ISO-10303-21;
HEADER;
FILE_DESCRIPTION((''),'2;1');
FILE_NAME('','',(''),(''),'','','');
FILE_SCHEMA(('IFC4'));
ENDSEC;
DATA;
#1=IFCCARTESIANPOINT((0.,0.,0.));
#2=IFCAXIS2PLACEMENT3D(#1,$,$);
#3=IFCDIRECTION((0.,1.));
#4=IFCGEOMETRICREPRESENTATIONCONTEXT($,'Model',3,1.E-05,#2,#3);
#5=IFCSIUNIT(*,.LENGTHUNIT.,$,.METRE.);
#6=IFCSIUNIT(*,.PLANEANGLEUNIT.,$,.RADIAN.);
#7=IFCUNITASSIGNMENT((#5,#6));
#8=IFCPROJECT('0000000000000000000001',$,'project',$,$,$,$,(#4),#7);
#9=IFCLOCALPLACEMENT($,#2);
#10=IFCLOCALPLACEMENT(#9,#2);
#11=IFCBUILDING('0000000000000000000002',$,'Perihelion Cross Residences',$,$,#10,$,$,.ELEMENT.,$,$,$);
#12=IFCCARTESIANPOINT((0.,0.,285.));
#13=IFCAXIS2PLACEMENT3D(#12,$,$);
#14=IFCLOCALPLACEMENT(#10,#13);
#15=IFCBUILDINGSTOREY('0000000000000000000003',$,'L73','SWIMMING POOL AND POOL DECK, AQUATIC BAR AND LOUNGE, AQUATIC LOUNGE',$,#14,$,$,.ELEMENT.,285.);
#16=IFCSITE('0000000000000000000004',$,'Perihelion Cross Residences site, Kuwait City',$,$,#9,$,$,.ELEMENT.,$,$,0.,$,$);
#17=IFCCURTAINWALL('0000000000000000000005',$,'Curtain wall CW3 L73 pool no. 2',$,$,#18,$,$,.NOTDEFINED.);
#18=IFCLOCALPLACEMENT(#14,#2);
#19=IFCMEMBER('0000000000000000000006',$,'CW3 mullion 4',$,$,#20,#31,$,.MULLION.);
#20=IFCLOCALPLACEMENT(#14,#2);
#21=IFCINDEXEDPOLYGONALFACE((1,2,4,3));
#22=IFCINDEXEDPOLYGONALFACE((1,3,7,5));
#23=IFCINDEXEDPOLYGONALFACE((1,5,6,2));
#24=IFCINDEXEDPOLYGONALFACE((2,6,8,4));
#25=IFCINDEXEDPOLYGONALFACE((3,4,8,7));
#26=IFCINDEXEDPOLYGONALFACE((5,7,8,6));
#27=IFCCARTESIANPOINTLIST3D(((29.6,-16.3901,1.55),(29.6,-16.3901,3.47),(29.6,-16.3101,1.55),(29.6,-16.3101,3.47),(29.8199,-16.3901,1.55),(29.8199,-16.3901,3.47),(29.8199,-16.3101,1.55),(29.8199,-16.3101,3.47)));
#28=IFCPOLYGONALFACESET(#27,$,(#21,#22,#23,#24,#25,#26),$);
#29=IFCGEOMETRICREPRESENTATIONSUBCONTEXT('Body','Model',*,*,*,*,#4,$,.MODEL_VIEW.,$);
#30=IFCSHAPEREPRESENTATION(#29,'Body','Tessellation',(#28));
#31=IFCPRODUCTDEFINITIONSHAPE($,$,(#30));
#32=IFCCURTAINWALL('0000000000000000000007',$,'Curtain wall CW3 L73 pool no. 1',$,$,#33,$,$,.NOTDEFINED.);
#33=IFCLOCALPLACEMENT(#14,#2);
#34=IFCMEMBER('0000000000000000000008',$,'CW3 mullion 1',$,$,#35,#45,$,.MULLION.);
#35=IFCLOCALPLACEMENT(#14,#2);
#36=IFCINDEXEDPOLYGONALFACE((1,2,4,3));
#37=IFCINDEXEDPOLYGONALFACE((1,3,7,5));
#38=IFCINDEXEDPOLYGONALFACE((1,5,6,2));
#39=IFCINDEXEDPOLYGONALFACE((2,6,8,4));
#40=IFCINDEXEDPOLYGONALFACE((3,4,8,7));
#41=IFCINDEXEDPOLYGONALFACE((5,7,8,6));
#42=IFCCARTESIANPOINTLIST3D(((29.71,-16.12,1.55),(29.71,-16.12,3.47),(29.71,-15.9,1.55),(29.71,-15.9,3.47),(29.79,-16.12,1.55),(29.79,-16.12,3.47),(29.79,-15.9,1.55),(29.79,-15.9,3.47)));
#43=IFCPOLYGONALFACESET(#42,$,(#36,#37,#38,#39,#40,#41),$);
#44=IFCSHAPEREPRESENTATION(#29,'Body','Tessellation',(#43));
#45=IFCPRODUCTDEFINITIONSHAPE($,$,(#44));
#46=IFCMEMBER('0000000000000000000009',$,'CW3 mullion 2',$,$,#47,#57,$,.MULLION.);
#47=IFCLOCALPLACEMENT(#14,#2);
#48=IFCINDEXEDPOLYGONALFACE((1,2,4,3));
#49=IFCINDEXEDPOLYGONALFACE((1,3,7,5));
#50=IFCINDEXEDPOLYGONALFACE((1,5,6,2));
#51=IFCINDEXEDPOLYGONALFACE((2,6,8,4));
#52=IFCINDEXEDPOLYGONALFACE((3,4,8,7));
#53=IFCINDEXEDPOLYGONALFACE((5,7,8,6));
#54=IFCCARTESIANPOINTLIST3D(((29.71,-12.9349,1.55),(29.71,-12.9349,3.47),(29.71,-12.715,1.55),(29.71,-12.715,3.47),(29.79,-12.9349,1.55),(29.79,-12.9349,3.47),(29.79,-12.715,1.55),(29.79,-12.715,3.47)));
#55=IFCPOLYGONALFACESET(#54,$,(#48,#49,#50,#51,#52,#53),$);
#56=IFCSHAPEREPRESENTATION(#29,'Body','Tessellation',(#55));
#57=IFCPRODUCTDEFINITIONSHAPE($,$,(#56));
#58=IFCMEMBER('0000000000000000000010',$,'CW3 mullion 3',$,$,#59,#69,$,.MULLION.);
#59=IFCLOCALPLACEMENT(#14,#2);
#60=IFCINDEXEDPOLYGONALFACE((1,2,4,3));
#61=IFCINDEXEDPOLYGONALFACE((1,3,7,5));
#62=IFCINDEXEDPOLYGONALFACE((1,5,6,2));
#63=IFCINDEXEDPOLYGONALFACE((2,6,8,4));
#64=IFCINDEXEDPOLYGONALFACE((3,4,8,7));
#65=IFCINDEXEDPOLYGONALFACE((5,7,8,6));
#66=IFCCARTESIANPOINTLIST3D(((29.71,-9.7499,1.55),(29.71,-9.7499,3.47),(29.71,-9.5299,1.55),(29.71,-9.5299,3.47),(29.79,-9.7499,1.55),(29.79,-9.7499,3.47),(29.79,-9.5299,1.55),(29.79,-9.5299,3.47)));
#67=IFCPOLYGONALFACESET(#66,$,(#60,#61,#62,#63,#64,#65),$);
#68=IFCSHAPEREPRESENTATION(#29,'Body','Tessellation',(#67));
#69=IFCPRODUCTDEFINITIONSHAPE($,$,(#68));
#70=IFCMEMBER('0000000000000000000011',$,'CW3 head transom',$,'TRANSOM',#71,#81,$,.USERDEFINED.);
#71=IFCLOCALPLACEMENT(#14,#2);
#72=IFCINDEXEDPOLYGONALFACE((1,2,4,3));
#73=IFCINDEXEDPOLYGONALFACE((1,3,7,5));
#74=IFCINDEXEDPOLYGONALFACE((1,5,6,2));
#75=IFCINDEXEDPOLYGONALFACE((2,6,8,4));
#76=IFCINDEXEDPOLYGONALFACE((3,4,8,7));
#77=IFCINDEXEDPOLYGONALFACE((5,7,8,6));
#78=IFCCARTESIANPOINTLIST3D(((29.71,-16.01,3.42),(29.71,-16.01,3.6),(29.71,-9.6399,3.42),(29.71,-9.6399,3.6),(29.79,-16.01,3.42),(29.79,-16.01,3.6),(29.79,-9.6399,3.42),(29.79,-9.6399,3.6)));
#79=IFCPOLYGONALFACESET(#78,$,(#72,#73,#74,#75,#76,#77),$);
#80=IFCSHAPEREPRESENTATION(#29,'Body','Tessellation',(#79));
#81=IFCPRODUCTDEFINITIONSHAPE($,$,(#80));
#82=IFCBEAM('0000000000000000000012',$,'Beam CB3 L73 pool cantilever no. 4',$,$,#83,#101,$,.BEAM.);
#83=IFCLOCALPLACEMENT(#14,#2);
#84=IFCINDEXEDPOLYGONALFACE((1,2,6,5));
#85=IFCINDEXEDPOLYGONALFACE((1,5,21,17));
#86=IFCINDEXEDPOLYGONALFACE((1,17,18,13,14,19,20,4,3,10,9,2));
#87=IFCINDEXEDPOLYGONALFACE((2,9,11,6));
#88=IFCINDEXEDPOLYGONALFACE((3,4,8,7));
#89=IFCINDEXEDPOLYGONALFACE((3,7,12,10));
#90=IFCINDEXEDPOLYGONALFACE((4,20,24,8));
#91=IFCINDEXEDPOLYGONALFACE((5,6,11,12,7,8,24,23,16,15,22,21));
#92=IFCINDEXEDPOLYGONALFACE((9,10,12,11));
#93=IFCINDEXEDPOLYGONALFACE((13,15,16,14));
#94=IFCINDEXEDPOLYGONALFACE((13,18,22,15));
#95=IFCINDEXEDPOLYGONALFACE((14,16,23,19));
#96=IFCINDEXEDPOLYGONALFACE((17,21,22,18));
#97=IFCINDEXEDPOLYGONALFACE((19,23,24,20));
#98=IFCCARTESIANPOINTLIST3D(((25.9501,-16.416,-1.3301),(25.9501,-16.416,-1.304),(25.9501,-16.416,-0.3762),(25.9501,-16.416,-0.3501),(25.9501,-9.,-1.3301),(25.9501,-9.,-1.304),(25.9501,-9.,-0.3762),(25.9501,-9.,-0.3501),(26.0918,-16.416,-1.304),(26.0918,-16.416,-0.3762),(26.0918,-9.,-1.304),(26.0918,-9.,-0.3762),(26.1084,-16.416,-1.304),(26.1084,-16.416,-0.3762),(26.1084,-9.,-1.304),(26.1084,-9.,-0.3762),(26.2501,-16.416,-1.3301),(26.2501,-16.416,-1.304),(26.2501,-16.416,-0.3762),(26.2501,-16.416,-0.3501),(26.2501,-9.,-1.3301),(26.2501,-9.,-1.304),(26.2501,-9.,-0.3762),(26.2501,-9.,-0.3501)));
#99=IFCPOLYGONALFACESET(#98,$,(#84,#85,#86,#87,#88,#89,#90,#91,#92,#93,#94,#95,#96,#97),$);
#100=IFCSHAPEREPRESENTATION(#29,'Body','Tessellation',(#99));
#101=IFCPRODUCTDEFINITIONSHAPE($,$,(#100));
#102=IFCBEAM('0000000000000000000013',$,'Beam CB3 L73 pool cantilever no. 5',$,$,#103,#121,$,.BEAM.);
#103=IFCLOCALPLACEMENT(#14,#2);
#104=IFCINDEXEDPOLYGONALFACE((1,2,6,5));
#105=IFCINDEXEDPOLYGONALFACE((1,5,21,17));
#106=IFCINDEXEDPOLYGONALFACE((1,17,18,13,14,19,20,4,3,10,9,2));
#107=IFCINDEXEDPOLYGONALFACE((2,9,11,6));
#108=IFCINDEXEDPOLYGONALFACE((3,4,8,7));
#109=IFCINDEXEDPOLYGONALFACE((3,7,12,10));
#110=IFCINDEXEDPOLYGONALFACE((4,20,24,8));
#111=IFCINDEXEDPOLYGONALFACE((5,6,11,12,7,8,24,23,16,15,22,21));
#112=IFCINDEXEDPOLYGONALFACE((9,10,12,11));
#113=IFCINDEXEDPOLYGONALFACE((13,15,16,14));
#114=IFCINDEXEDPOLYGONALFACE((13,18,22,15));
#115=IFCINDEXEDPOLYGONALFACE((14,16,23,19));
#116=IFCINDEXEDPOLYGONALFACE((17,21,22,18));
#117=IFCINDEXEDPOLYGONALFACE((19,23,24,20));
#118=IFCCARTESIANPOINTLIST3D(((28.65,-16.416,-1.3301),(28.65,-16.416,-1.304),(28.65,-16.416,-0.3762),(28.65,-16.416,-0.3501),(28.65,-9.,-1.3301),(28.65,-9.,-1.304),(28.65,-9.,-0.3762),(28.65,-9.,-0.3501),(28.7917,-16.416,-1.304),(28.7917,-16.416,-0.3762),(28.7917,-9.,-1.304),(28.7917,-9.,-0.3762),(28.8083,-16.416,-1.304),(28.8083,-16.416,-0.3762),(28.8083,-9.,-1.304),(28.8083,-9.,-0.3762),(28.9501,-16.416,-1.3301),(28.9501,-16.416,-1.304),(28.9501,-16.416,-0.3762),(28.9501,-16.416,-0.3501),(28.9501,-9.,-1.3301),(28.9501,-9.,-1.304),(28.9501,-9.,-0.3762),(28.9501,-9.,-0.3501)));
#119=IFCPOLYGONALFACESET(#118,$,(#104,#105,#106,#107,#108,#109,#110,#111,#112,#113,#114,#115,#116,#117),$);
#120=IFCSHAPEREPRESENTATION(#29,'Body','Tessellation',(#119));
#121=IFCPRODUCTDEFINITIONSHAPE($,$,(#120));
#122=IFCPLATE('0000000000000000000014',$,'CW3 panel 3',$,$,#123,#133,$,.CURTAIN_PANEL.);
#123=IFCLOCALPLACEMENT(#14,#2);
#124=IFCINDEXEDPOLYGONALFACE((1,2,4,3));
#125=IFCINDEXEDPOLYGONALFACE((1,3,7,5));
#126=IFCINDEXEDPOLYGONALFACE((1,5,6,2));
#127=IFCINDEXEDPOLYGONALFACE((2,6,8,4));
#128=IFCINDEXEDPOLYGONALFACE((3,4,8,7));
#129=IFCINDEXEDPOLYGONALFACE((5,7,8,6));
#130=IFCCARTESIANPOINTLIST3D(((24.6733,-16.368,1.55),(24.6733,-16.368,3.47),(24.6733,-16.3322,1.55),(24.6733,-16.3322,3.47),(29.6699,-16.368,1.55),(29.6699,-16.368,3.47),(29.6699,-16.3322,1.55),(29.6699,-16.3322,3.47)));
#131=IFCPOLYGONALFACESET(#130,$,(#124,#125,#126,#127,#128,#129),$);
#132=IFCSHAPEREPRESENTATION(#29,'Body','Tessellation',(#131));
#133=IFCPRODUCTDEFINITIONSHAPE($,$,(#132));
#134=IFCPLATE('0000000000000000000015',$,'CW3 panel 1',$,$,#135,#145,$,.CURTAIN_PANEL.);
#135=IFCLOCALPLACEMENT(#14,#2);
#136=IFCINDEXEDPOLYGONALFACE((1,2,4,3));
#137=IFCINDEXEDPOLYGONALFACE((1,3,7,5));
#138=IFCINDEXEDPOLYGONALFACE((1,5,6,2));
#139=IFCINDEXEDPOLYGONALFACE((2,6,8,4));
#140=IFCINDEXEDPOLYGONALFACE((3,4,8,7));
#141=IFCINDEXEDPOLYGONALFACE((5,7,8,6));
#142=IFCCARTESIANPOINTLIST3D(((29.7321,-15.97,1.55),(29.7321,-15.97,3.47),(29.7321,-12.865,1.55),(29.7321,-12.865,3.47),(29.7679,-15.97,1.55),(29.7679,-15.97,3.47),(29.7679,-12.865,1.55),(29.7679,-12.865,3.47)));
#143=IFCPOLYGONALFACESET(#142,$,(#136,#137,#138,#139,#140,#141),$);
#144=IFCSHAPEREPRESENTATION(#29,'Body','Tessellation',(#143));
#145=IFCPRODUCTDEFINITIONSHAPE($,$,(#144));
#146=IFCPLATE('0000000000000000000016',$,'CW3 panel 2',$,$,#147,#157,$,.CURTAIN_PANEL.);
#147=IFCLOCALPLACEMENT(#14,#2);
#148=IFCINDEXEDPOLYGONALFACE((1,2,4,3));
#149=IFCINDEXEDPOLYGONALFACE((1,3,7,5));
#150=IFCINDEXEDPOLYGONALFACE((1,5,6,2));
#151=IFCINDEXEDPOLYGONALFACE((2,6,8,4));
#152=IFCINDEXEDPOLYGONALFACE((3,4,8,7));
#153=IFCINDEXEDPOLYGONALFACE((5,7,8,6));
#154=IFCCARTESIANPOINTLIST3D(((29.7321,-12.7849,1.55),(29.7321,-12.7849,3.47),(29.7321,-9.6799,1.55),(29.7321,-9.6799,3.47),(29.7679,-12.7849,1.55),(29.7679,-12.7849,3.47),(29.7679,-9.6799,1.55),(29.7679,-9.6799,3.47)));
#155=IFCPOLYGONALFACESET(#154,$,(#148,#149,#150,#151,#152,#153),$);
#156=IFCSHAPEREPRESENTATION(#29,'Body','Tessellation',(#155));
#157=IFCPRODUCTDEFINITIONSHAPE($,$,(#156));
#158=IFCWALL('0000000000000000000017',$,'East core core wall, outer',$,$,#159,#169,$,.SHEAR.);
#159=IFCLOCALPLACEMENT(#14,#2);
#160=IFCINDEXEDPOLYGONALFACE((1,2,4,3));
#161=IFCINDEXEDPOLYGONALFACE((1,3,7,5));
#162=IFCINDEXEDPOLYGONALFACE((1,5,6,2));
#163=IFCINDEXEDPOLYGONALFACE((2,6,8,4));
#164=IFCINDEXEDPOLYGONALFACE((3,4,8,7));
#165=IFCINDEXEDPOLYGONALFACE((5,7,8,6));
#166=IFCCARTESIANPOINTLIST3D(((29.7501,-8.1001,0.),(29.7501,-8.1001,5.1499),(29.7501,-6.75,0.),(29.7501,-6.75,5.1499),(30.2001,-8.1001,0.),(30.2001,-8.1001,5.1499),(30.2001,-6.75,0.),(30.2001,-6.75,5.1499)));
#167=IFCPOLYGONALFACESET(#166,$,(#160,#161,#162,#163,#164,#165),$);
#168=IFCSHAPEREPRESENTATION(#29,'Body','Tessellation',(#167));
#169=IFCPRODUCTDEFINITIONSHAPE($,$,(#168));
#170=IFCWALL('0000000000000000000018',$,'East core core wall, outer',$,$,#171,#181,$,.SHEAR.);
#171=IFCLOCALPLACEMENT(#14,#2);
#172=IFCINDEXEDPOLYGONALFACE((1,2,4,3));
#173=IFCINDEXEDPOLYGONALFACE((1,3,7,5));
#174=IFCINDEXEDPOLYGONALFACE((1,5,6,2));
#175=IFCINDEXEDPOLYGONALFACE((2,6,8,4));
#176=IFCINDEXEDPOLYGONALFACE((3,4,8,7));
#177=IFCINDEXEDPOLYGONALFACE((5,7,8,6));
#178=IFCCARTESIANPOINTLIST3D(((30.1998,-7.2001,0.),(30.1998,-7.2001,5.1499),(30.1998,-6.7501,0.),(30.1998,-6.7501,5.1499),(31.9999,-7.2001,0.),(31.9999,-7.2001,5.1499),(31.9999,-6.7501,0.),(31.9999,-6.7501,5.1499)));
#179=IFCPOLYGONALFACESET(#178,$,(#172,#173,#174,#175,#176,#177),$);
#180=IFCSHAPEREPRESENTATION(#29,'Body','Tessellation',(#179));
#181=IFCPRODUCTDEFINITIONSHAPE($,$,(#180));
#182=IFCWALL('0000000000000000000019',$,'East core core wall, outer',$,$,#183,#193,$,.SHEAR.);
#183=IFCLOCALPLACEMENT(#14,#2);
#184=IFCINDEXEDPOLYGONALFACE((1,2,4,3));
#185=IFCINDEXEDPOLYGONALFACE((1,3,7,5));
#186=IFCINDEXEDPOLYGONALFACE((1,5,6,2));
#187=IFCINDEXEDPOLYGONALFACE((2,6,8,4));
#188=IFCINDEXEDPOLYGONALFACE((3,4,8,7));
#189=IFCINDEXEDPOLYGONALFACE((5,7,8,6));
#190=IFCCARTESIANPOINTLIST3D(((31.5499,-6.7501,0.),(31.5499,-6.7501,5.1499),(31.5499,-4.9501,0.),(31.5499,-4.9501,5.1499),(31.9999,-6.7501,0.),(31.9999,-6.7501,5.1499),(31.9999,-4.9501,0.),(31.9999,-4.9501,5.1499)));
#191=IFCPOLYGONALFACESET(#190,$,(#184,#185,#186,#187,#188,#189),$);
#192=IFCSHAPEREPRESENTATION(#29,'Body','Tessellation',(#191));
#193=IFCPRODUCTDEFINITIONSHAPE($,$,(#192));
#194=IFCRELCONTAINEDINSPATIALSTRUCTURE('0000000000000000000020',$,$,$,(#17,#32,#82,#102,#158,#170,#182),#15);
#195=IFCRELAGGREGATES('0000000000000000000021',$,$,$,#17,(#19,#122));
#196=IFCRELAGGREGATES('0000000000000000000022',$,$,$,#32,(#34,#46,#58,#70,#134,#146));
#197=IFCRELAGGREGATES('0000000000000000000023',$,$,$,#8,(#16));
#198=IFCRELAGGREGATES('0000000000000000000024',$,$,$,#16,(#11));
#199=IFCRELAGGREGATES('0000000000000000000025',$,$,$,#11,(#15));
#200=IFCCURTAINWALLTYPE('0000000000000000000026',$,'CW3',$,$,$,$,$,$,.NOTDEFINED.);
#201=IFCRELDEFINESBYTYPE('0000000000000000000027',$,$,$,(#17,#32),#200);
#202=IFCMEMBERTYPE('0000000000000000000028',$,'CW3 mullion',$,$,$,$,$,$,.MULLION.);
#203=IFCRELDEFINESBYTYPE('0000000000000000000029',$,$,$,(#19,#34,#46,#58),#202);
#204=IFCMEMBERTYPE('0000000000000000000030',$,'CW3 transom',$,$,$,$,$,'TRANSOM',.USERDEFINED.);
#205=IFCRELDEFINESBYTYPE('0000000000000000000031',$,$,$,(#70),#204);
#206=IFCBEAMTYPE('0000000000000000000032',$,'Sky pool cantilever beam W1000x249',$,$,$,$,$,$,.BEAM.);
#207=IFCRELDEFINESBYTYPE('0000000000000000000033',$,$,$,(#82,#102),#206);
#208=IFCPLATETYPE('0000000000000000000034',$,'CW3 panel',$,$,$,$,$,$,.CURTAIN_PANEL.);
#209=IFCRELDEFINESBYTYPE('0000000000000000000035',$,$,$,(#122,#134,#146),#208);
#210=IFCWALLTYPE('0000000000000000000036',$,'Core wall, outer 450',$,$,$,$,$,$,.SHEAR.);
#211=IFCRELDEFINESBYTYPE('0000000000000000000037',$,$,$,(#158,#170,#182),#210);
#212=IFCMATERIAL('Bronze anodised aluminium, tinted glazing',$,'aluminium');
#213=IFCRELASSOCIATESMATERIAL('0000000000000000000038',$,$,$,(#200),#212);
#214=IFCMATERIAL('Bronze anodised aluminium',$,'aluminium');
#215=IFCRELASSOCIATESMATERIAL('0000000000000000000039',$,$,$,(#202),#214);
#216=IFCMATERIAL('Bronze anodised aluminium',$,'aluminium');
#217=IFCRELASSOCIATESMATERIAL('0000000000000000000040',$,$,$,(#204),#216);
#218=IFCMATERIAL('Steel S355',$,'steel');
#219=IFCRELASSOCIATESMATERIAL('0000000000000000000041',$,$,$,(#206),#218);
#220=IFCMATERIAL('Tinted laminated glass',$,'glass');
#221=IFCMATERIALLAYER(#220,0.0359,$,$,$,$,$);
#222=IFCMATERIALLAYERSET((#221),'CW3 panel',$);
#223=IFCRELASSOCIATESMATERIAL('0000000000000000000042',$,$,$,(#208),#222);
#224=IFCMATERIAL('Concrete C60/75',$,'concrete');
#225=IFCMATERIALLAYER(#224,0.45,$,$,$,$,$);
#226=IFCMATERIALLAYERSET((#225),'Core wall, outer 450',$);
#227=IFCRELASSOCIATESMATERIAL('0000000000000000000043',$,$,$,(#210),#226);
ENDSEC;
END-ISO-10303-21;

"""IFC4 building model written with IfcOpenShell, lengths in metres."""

from ifc_helpers import new_model, si_unit, direction, frame, frame_2d, origin, origin_2d, place, context, subcontext, project, spatial, rectangle, i_section, extrude, material, layer, layer_set, material_profile, profile_set, type_object, element, aggregate, save


model = new_model("IFC4")

# Units and contexts
model_context = context("Model", 3, precision=1e-05, world=origin(), true_north=direction((0.0, 1.0)))
body_context = subcontext(model_context, "Body", "Model", "MODEL_VIEW")
ifc_project = project(units=[si_unit("LENGTHUNIT", "METRE"), si_unit("PLANEANGLEUNIT", "RADIAN")], contexts=[model_context])

# Site, building, storey
site_placement = place(None, origin())
site = spatial("IfcSite", under=ifc_project, at=site_placement, Name="Perihelion Cross Residences site, Kuwait City", CompositionType="ELEMENT", RefElevation=0.0)
building_placement = place(site_placement, origin())
building = spatial("IfcBuilding", under=site, at=building_placement, Name="Perihelion Cross Residences", CompositionType="ELEMENT")
storey_placement = place(building_placement, frame((0.0, 0.0, 285.0)))
storey = spatial("IfcBuildingStorey", under=building, at=storey_placement, Name="L73", Description="SWIMMING POOL AND POOL DECK, AQUATIC BAR AND LOUNGE, AQUATIC LOUNGE", CompositionType="ELEMENT", Elevation=285.0)

# Curtain wall, member
ifc_material_1 = material(Name="Bronze anodised aluminium, tinted glazing", Category="aluminium")
curtain_wall_type = type_object("IfcCurtainWallType", Name="CW3", PredefinedType="NOTDEFINED", material=ifc_material_1)
curtain_wall_1_placement = place(storey_placement, origin())
curtain_wall_1 = element("IfcCurtainWall", 1, at=curtain_wall_1_placement, inside=storey, type_object=curtain_wall_type, Name="Curtain wall CW3 L73 pool no. 2", PredefinedType="NOTDEFINED")
ifc_material_2 = material(Name="Bronze anodised aluminium", Category="aluminium")
ifc_material_profile_1 = material_profile(ifc_material_2, rectangle(XDim=0.0801, YDim=0.22, at=origin_2d()), Name="CW3 mullion")
ifc_profile_set_1 = profile_set([ifc_material_profile_1], Name="Bronze anodised aluminium")
member_type_1 = type_object("IfcMemberType", Name="CW3 mullion", PredefinedType="MULLION", material=ifc_profile_set_1)
member_1_placement = place(storey_placement, frame((29.71, -16.3501, 1.55), z_axis=(0.0, 0.0, 1.0), x_axis=(0.0, 1.0, 0.0)))
member_1 = element("IfcMember", 2, at=member_1_placement, type_object=member_type_1, Name="CW3 mullion 4", PredefinedType="MULLION", context=body_context, shape_type="SweptSolid", body=[
    extrude(rectangle(XDim=0.0801, YDim=0.22, at=origin_2d()), origin(), (0.0, 0.0, 1.0), 1.9199),
])

# Curtain wall, members
curtain_wall_2_placement = place(storey_placement, origin())
curtain_wall_2 = element("IfcCurtainWall", 3, at=curtain_wall_2_placement, inside=storey, type_object=curtain_wall_type, Name="Curtain wall CW3 L73 pool no. 1", PredefinedType="NOTDEFINED")
member_2_placement = place(storey_placement, frame((29.75, -16.01, 1.55), z_axis=(0.0, 0.0, 1.0), x_axis=(-1.0, 0.0, 0.0)))
member_2 = element("IfcMember", 4, at=member_2_placement, type_object=member_type_1, Name="CW3 mullion 1", PredefinedType="MULLION", context=body_context, shape_type="SweptSolid", body=[
    extrude(rectangle(XDim=0.0801, YDim=0.22, at=origin_2d()), origin(), (0.0, 0.0, 1.0), 1.9199),
])
member_3_placement = place(storey_placement, frame((29.75, -12.825, 1.55), z_axis=(0.0, 0.0, 1.0), x_axis=(-1.0, 0.0, 0.0)))
member_3 = element("IfcMember", 5, at=member_3_placement, type_object=member_type_1, Name="CW3 mullion 2", PredefinedType="MULLION", context=body_context, shape_type="SweptSolid", body=[
    extrude(rectangle(XDim=0.0801, YDim=0.22, at=origin_2d()), origin(), (0.0, 0.0, 1.0), 1.9199),
])
member_4_placement = place(storey_placement, frame((29.75, -9.6399, 1.55), z_axis=(0.0, 0.0, 1.0), x_axis=(-1.0, 0.0, 0.0)))
member_4 = element("IfcMember", 6, at=member_4_placement, type_object=member_type_1, Name="CW3 mullion 3", PredefinedType="MULLION", context=body_context, shape_type="SweptSolid", body=[
    extrude(rectangle(XDim=0.0801, YDim=0.22, at=origin_2d()), origin(), (0.0, 0.0, 1.0), 1.9199),
])
ifc_material_3 = material(Name="Bronze anodised aluminium", Category="aluminium")
ifc_material_profile_2 = material_profile(ifc_material_3, rectangle(XDim=0.0801, YDim=0.1799, at=origin_2d()), Name="CW3 transom")
ifc_profile_set_2 = profile_set([ifc_material_profile_2], Name="Bronze anodised aluminium")
member_type_2 = type_object("IfcMemberType", Name="CW3 transom", ElementType="TRANSOM", PredefinedType="USERDEFINED", material=ifc_profile_set_2)
member_5_placement = place(storey_placement, frame((29.75, -16.01, 3.51), z_axis=(0.0, 1.0, 0.0), x_axis=(-1.0, 0.0, 0.0)))
member_5 = element("IfcMember", 7, at=member_5_placement, type_object=member_type_2, Name="CW3 head transom", ObjectType="TRANSOM", PredefinedType="USERDEFINED", context=body_context, shape_type="SweptSolid", body=[
    extrude(rectangle(XDim=0.0801, YDim=0.1799, at=origin_2d()), origin(), (0.0, 0.0, 1.0), 6.3701),
])

# Beams
ifc_material_4 = material(Name="Steel S355", Category="steel")
ifc_material_profile_3 = material_profile(ifc_material_4, i_section(OverallWidth=0.3, OverallDepth=0.98, WebThickness=0.0166, FlangeThickness=0.0261, at=origin_2d()), Name="W1000x249")
ifc_profile_set_3 = profile_set([ifc_material_profile_3], Name="Steel S355")
beam_type = type_object("IfcBeamType", Name="Sky pool cantilever beam W1000x249", PredefinedType="BEAM", material=ifc_profile_set_3)
for number, where, z_axis, x_axis, name in (
    (8, (26.1001, -9.0, -0.8401), (0.0, -1.0, 0.0), (1.0, 0.0, 0.0), "Beam CB3 L73 pool cantilever no. 4"),
    (9, (28.8, -9.0, -0.8401), (0.0, -1.0, 0.0), (1.0, 0.0, 0.0), "Beam CB3 L73 pool cantilever no. 5"),
):
    element("IfcBeam", number, at=place(storey_placement, frame(where, z_axis=z_axis, x_axis=x_axis)), inside=storey, type_object=beam_type, Name=name, PredefinedType="BEAM", context=body_context, shape_type="SweptSolid", body=[
        extrude(i_section(OverallWidth=0.3, OverallDepth=0.98, WebThickness=0.0166, FlangeThickness=0.0261, at=origin_2d()), origin(), (0.0, 0.0, 1.0), 7.416),
    ])

# Plates
ifc_material_5 = material(Name="Tinted laminated glass", Category="glass")
ifc_layer_1 = layer(ifc_material_5, 0.0359)
ifc_layer_set_1 = layer_set([ifc_layer_1], Name="CW3 panel")
plate_type = type_object("IfcPlateType", Name="CW3 panel", PredefinedType="CURTAIN_PANEL", material=ifc_layer_set_1)
plate_1_placement = place(storey_placement, frame((27.1716, -16.3501, 1.55), z_axis=(0.0, 0.0, 1.0), x_axis=(1.0, 0.0, 0.0)))
plate_1 = element("IfcPlate", 10, at=plate_1_placement, type_object=plate_type, Name="CW3 panel 3", PredefinedType="CURTAIN_PANEL", context=body_context, shape_type="SweptSolid", body=[
    extrude(rectangle(XDim=4.9966, YDim=0.0359, at=origin_2d()), origin(), (0.0, 0.0, 1.0), 1.9199),
])
aggregate(curtain_wall_1, [member_1, plate_1])
plate_2_placement = place(storey_placement, frame((29.75, -14.4175, 1.55), z_axis=(0.0, 0.0, 1.0), x_axis=(0.0, 1.0, 0.0)))
plate_2 = element("IfcPlate", 11, at=plate_2_placement, type_object=plate_type, Name="CW3 panel 1", PredefinedType="CURTAIN_PANEL", context=body_context, shape_type="SweptSolid", body=[
    extrude(rectangle(XDim=3.105, YDim=0.0359, at=origin_2d()), origin(), (0.0, 0.0, 1.0), 1.9199),
])
plate_3_placement = place(storey_placement, frame((29.75, -11.2324, 1.55), z_axis=(0.0, 0.0, 1.0), x_axis=(0.0, 1.0, 0.0)))
plate_3 = element("IfcPlate", 12, at=plate_3_placement, type_object=plate_type, Name="CW3 panel 2", PredefinedType="CURTAIN_PANEL", context=body_context, shape_type="SweptSolid", body=[
    extrude(rectangle(XDim=3.105, YDim=0.0359, at=origin_2d()), origin(), (0.0, 0.0, 1.0), 1.9199),
])
aggregate(curtain_wall_2, [member_2, member_3, member_4, member_5, plate_2, plate_3])

# Walls
ifc_material_6 = material(Name="Concrete C60/75", Category="concrete")
ifc_layer_2 = layer(ifc_material_6, 0.45)
ifc_layer_set_2 = layer_set([ifc_layer_2], Name="Core wall, outer 450")
wall_type_1 = type_object("IfcWallType", Name="Core wall, outer 450", PredefinedType="SHEAR", material=ifc_layer_set_2)
wall_1_placement = place(storey_placement, frame((29.9751, -8.1001, 0.0), z_axis=(0.0, 0.0, 1.0), x_axis=(0.0, 1.0, 0.0)))
element("IfcWall", 13, at=wall_1_placement, inside=storey, type_object=wall_type_1, Name="East core core wall, outer", PredefinedType="SHEAR", context=body_context, shape_type="SweptSolid", body=[
    extrude(rectangle(XDim=1.3501, YDim=0.45, at=frame_2d((0.675, 0.0))), origin(), (0.0, 0.0, 1.0), 5.1499),
])
for number, where, z_axis, x_axis, name in (
    (14, (30.2, -6.9751, 0.0), (0.0, 0.0, 1.0), (1.0, 0.0, 0.0), "East core core wall, outer"),
    (15, (31.7749, -6.75, 0.0), (0.0, 0.0, 1.0), (0.0, 1.0, 0.0), "East core core wall, outer"),
):
    element("IfcWall", number, at=place(storey_placement, frame(where, z_axis=z_axis, x_axis=x_axis)), inside=storey, type_object=wall_type_1, Name=name, PredefinedType="SHEAR", context=body_context, shape_type="SweptSolid", body=[
        extrude(rectangle(XDim=1.8, YDim=0.45, at=frame_2d((0.8999, 0.0))), origin(), (0.0, 0.0, 1.0), 5.1499),
    ])

save(model, "model.ifc")
